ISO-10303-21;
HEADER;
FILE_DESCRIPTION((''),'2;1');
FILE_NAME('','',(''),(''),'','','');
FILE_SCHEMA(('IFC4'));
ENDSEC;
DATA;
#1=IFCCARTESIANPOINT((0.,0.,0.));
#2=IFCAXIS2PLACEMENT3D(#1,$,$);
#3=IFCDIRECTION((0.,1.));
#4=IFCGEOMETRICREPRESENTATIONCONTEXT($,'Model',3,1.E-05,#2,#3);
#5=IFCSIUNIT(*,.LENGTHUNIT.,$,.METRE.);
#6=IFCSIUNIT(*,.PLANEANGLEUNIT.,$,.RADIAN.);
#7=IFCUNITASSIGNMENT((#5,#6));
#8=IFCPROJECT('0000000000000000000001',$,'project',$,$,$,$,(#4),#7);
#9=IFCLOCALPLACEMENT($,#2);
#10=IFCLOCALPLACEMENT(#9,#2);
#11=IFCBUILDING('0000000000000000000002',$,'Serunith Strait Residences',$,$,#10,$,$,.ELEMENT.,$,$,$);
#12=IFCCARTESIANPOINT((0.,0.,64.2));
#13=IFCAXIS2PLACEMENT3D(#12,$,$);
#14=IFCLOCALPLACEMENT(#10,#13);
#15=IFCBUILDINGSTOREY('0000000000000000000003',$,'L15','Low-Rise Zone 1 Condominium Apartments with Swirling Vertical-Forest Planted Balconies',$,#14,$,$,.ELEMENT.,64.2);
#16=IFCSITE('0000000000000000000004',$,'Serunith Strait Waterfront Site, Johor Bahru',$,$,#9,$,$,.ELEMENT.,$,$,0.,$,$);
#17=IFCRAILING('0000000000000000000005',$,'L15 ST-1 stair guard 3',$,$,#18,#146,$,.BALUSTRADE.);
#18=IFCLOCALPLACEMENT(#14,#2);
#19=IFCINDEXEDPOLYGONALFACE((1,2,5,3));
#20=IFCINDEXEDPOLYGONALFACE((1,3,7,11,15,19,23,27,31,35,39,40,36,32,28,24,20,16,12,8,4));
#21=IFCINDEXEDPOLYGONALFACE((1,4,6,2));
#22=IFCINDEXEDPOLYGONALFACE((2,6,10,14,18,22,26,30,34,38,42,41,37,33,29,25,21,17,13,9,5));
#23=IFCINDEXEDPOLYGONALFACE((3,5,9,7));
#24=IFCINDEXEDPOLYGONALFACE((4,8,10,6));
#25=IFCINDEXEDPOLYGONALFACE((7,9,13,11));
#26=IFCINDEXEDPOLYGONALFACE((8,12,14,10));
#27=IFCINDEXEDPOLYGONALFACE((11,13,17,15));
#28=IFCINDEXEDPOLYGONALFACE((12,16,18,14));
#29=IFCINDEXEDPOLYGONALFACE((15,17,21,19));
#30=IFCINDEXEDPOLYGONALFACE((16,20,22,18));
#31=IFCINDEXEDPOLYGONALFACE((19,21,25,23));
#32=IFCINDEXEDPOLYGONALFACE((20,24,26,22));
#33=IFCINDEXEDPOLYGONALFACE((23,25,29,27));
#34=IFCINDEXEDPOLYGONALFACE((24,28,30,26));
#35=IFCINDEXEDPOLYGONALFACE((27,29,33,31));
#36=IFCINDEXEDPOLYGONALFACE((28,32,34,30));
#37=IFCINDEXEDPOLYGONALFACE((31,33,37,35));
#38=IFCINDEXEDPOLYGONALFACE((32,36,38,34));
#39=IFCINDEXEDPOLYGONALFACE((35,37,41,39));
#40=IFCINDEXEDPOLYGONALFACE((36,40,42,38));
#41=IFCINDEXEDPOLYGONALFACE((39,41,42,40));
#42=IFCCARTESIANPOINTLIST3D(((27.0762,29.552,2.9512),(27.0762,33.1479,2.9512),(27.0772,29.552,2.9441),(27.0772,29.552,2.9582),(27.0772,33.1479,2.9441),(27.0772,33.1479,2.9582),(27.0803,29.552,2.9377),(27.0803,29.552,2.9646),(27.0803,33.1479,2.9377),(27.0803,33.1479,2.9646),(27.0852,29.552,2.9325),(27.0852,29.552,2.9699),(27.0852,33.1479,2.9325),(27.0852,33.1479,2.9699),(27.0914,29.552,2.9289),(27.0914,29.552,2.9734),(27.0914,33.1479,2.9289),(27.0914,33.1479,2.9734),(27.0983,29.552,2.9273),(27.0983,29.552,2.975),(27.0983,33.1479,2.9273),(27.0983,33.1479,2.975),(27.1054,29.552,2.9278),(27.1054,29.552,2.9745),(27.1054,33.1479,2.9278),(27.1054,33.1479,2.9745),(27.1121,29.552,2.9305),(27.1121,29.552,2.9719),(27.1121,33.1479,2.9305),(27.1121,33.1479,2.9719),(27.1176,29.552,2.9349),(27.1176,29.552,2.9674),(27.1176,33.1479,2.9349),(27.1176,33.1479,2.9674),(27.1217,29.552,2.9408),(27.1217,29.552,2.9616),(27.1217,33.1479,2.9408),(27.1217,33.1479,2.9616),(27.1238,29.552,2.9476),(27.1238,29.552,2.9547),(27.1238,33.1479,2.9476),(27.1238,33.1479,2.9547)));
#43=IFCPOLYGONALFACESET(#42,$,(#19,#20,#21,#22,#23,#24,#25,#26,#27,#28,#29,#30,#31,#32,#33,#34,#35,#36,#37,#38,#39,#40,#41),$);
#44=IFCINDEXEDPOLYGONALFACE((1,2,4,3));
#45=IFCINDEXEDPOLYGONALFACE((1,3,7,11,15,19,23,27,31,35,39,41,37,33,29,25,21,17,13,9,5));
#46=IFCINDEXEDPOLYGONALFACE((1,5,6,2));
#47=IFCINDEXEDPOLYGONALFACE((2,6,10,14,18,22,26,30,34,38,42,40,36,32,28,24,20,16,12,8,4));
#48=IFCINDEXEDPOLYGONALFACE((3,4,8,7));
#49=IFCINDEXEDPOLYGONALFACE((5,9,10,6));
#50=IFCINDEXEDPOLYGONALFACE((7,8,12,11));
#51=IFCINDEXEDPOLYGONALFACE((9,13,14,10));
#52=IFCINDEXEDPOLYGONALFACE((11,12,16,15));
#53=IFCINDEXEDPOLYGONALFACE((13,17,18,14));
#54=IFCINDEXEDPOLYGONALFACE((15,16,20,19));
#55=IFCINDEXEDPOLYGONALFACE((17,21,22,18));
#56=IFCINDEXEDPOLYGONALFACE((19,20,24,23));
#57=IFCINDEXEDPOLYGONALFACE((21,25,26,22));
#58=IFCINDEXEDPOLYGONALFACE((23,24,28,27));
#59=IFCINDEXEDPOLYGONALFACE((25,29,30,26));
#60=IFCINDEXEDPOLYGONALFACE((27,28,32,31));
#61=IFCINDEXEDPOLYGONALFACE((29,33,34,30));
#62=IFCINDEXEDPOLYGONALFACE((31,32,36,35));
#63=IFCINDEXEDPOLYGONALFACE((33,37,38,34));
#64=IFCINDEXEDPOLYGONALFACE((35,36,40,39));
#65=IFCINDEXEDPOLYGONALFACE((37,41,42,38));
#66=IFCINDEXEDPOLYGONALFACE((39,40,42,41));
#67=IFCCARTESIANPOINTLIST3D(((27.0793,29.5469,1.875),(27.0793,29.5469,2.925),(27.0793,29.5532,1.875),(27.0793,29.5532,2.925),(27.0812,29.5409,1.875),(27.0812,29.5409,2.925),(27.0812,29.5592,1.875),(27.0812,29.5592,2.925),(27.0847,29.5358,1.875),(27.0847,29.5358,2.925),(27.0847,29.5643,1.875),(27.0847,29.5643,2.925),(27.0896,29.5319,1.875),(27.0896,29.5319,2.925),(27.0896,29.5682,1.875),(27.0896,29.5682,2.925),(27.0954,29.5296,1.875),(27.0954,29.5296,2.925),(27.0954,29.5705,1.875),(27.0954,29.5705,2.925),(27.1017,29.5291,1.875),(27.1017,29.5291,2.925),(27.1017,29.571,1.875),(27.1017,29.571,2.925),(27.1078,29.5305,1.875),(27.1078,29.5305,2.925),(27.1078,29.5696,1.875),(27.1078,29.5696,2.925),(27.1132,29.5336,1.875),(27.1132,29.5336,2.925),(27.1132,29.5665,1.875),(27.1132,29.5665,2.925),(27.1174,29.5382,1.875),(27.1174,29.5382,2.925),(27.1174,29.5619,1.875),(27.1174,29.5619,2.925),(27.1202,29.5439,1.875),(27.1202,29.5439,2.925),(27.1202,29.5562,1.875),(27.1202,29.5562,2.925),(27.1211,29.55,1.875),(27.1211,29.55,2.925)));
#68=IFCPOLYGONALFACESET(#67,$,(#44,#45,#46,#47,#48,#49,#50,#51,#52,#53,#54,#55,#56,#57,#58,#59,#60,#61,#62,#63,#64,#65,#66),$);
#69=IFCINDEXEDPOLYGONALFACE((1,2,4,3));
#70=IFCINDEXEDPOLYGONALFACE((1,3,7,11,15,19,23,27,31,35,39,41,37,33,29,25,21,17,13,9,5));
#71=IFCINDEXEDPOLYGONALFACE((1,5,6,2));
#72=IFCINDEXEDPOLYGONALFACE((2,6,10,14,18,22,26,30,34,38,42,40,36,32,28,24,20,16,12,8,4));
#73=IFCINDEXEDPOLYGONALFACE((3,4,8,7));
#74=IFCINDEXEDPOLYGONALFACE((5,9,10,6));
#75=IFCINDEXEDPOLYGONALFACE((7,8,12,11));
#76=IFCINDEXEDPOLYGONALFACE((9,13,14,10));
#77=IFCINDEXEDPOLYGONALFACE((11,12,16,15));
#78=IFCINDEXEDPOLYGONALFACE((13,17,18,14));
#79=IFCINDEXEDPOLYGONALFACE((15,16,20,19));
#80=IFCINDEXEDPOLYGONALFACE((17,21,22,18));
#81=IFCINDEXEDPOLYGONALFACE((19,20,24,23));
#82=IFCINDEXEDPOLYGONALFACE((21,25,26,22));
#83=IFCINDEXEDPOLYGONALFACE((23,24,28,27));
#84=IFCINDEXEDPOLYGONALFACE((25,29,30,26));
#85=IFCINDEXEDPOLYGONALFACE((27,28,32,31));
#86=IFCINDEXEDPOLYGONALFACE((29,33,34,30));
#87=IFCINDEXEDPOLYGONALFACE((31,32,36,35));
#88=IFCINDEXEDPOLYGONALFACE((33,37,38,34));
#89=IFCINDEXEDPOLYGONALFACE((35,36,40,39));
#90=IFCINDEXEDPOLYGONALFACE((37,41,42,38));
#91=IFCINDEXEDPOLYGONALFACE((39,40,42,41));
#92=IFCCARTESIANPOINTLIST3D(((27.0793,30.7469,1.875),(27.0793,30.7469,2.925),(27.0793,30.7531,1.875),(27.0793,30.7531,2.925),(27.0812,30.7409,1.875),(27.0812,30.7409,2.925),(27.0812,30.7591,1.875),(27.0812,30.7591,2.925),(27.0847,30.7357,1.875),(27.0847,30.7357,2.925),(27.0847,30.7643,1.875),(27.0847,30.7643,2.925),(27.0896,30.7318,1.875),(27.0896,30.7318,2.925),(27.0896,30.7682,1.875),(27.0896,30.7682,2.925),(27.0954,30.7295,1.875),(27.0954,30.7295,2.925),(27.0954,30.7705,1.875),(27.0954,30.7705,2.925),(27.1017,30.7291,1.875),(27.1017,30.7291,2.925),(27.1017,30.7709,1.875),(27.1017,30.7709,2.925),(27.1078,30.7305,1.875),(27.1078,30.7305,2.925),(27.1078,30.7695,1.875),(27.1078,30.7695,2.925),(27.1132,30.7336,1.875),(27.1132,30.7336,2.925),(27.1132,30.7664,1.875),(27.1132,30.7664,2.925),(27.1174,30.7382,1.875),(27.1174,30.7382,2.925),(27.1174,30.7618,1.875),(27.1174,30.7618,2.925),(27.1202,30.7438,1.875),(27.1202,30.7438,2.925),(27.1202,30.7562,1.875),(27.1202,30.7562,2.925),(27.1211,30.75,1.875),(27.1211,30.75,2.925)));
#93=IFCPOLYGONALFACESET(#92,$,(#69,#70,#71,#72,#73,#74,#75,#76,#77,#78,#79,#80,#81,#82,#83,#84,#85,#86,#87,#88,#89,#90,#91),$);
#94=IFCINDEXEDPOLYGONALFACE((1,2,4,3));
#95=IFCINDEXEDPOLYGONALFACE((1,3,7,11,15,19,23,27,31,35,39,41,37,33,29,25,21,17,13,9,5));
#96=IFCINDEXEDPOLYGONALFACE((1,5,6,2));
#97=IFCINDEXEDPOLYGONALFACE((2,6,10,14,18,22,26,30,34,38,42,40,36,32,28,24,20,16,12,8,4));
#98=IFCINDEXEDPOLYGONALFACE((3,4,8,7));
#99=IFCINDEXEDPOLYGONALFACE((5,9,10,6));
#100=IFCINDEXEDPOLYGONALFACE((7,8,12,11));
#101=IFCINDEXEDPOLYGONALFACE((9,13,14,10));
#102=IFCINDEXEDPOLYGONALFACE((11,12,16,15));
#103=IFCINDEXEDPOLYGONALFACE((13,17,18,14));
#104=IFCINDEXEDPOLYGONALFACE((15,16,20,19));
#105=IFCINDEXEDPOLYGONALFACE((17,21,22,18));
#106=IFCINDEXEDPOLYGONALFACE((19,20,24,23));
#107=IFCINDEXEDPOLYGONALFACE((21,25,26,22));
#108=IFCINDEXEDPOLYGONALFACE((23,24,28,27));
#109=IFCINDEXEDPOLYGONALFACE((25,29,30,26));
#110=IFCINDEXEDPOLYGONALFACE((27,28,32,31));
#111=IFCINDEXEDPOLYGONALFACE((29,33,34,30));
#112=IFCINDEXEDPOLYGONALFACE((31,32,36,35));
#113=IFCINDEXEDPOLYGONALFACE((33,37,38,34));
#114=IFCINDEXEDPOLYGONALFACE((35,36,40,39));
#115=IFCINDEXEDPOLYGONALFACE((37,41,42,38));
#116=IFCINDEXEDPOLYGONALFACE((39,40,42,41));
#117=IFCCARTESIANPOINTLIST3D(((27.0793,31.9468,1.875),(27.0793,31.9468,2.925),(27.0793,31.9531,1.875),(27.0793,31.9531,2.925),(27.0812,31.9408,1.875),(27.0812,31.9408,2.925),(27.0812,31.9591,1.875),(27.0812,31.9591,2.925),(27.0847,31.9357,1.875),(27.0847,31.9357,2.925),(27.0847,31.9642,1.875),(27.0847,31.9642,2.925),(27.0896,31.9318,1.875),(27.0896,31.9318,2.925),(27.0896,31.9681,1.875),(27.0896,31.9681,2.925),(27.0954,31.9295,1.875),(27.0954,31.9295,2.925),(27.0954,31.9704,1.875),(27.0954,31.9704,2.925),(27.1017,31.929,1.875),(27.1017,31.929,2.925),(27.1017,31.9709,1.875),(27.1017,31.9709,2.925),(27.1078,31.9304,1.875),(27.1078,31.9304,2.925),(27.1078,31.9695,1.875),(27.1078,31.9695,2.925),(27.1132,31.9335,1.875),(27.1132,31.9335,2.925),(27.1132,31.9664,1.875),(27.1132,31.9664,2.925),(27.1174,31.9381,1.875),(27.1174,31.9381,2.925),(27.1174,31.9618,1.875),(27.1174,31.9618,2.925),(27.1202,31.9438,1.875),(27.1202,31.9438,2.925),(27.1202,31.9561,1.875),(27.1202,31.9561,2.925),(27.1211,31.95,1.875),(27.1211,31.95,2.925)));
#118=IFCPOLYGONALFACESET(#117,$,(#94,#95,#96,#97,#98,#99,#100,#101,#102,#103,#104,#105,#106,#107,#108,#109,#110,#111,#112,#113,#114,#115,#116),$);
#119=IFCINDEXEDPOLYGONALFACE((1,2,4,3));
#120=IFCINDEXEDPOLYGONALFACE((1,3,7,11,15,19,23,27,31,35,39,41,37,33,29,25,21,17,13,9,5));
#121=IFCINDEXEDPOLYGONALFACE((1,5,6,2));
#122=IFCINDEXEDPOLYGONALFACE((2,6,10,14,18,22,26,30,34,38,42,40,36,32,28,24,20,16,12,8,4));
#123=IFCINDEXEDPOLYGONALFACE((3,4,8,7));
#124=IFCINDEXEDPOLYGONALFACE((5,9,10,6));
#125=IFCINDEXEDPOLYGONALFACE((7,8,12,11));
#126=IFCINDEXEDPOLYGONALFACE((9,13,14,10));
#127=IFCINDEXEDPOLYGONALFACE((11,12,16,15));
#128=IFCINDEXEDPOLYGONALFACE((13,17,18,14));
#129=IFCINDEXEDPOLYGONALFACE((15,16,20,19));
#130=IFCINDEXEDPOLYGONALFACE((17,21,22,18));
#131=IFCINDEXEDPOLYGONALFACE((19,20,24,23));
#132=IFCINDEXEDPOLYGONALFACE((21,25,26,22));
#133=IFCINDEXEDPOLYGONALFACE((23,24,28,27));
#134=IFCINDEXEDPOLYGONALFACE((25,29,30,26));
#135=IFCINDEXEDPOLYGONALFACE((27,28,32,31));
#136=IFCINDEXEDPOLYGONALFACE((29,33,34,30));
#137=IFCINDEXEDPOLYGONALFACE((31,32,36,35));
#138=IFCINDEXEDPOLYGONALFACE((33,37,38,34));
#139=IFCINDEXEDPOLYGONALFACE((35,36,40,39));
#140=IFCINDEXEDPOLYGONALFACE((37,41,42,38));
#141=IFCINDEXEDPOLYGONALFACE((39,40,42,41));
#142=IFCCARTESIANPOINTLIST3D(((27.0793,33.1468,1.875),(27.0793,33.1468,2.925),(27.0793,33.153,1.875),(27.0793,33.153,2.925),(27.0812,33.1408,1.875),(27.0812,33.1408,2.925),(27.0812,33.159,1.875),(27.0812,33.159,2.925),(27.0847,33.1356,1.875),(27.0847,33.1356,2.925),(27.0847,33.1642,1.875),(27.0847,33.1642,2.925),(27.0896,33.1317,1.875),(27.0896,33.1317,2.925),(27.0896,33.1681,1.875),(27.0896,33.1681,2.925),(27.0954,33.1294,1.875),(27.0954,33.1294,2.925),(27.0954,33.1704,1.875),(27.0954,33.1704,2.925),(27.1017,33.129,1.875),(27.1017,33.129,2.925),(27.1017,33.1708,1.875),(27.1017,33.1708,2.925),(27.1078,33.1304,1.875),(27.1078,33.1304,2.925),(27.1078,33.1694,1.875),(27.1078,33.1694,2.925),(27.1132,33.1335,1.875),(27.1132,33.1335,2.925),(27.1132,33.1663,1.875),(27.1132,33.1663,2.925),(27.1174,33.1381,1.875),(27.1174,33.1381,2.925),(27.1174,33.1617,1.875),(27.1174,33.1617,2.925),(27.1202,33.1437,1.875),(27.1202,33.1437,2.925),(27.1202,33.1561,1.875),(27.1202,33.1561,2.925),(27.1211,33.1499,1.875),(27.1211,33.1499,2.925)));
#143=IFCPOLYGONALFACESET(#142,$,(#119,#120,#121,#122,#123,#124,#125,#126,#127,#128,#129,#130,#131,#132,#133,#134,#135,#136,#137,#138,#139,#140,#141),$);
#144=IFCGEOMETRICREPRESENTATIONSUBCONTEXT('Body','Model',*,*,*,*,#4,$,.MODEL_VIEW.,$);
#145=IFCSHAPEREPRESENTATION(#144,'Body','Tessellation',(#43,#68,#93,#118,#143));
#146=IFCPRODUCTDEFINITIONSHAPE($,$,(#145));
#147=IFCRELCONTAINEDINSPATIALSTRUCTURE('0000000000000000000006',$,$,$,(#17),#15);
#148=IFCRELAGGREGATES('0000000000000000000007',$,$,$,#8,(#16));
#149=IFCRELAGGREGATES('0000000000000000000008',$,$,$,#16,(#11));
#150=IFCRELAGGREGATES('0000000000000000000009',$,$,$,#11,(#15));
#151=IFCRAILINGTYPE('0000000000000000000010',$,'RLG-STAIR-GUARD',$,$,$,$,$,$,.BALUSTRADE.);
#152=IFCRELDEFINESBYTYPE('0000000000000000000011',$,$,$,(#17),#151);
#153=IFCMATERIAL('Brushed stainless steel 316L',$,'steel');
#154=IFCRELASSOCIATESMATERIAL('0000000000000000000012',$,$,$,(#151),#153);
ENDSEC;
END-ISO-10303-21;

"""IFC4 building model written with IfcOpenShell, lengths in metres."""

from ifc_helpers import new_model, si_unit, direction, frame, origin, origin_2d, place, context, subcontext, project, spatial, circle, extrude, material, type_object, element, save


model = new_model("IFC4")

# Units and contexts
model_context = context("Model", 3, precision=1e-05, world=origin(), true_north=direction((0.0, 1.0)))
body_context = subcontext(model_context, "Body", "Model", "MODEL_VIEW")
ifc_project = project(units=[si_unit("LENGTHUNIT", "METRE"), si_unit("PLANEANGLEUNIT", "RADIAN")], contexts=[model_context])

# Site, building, storey
site_placement = place(None, origin())
site = spatial("IfcSite", under=ifc_project, at=site_placement, Name="Serunith Strait Waterfront Site, Johor Bahru", CompositionType="ELEMENT", RefElevation=0.0)
building_placement = place(site_placement, origin())
building = spatial("IfcBuilding", under=site, at=building_placement, Name="Serunith Strait Residences", CompositionType="ELEMENT")
storey_placement = place(building_placement, frame((0.0, 0.0, 64.2)))
storey = spatial("IfcBuildingStorey", under=building, at=storey_placement, Name="L15", Description="Low-Rise Zone 1 Condominium Apartments with Swirling Vertical-Forest Planted Balconies", CompositionType="ELEMENT", Elevation=64.2)

# Railing
ifc_material_1 = material(Name="Brushed stainless steel 316L", Category="steel")
railing_type_1 = type_object("IfcRailingType", Name="RLG-STAIR-GUARD", PredefinedType="BALUSTRADE", material=ifc_material_1)
for number, where, name in (
    (1, (27.1001, 29.55, 1.875), "L15 ST-1 stair guard 3"),
):
    element("IfcRailing", number, at=place(storey_placement, frame(where)), inside=storey, type_object=railing_type_1, Name=name, PredefinedType="BALUSTRADE", context=body_context, shape_type="SweptSolid", body=[
        extrude(circle(Radius=0.0239, at=origin_2d()), frame((0.0, 0.002, 1.0762), z_axis=(0.0, 1.0, 0.0), x_axis=(-1.0, 0.0, 0.0)), (0.0, 0.0, 1.0), 3.5959),
        extrude(circle(Radius=0.021, at=origin_2d()), origin(), (0.0, 0.0, 1.0), 1.05),
        extrude(circle(Radius=0.021, at=origin_2d()), frame((0.0, 1.2, 0.0)), (0.0, 0.0, 1.0), 1.05),
        extrude(circle(Radius=0.021, at=origin_2d()), frame((0.0, 2.3999, 0.0)), (0.0, 0.0, 1.0), 1.05),
        extrude(circle(Radius=0.021, at=origin_2d()), frame((0.0, 3.5999, 0.0)), (0.0, 0.0, 1.0), 1.05),
    ])

save(model, "model.ifc")
